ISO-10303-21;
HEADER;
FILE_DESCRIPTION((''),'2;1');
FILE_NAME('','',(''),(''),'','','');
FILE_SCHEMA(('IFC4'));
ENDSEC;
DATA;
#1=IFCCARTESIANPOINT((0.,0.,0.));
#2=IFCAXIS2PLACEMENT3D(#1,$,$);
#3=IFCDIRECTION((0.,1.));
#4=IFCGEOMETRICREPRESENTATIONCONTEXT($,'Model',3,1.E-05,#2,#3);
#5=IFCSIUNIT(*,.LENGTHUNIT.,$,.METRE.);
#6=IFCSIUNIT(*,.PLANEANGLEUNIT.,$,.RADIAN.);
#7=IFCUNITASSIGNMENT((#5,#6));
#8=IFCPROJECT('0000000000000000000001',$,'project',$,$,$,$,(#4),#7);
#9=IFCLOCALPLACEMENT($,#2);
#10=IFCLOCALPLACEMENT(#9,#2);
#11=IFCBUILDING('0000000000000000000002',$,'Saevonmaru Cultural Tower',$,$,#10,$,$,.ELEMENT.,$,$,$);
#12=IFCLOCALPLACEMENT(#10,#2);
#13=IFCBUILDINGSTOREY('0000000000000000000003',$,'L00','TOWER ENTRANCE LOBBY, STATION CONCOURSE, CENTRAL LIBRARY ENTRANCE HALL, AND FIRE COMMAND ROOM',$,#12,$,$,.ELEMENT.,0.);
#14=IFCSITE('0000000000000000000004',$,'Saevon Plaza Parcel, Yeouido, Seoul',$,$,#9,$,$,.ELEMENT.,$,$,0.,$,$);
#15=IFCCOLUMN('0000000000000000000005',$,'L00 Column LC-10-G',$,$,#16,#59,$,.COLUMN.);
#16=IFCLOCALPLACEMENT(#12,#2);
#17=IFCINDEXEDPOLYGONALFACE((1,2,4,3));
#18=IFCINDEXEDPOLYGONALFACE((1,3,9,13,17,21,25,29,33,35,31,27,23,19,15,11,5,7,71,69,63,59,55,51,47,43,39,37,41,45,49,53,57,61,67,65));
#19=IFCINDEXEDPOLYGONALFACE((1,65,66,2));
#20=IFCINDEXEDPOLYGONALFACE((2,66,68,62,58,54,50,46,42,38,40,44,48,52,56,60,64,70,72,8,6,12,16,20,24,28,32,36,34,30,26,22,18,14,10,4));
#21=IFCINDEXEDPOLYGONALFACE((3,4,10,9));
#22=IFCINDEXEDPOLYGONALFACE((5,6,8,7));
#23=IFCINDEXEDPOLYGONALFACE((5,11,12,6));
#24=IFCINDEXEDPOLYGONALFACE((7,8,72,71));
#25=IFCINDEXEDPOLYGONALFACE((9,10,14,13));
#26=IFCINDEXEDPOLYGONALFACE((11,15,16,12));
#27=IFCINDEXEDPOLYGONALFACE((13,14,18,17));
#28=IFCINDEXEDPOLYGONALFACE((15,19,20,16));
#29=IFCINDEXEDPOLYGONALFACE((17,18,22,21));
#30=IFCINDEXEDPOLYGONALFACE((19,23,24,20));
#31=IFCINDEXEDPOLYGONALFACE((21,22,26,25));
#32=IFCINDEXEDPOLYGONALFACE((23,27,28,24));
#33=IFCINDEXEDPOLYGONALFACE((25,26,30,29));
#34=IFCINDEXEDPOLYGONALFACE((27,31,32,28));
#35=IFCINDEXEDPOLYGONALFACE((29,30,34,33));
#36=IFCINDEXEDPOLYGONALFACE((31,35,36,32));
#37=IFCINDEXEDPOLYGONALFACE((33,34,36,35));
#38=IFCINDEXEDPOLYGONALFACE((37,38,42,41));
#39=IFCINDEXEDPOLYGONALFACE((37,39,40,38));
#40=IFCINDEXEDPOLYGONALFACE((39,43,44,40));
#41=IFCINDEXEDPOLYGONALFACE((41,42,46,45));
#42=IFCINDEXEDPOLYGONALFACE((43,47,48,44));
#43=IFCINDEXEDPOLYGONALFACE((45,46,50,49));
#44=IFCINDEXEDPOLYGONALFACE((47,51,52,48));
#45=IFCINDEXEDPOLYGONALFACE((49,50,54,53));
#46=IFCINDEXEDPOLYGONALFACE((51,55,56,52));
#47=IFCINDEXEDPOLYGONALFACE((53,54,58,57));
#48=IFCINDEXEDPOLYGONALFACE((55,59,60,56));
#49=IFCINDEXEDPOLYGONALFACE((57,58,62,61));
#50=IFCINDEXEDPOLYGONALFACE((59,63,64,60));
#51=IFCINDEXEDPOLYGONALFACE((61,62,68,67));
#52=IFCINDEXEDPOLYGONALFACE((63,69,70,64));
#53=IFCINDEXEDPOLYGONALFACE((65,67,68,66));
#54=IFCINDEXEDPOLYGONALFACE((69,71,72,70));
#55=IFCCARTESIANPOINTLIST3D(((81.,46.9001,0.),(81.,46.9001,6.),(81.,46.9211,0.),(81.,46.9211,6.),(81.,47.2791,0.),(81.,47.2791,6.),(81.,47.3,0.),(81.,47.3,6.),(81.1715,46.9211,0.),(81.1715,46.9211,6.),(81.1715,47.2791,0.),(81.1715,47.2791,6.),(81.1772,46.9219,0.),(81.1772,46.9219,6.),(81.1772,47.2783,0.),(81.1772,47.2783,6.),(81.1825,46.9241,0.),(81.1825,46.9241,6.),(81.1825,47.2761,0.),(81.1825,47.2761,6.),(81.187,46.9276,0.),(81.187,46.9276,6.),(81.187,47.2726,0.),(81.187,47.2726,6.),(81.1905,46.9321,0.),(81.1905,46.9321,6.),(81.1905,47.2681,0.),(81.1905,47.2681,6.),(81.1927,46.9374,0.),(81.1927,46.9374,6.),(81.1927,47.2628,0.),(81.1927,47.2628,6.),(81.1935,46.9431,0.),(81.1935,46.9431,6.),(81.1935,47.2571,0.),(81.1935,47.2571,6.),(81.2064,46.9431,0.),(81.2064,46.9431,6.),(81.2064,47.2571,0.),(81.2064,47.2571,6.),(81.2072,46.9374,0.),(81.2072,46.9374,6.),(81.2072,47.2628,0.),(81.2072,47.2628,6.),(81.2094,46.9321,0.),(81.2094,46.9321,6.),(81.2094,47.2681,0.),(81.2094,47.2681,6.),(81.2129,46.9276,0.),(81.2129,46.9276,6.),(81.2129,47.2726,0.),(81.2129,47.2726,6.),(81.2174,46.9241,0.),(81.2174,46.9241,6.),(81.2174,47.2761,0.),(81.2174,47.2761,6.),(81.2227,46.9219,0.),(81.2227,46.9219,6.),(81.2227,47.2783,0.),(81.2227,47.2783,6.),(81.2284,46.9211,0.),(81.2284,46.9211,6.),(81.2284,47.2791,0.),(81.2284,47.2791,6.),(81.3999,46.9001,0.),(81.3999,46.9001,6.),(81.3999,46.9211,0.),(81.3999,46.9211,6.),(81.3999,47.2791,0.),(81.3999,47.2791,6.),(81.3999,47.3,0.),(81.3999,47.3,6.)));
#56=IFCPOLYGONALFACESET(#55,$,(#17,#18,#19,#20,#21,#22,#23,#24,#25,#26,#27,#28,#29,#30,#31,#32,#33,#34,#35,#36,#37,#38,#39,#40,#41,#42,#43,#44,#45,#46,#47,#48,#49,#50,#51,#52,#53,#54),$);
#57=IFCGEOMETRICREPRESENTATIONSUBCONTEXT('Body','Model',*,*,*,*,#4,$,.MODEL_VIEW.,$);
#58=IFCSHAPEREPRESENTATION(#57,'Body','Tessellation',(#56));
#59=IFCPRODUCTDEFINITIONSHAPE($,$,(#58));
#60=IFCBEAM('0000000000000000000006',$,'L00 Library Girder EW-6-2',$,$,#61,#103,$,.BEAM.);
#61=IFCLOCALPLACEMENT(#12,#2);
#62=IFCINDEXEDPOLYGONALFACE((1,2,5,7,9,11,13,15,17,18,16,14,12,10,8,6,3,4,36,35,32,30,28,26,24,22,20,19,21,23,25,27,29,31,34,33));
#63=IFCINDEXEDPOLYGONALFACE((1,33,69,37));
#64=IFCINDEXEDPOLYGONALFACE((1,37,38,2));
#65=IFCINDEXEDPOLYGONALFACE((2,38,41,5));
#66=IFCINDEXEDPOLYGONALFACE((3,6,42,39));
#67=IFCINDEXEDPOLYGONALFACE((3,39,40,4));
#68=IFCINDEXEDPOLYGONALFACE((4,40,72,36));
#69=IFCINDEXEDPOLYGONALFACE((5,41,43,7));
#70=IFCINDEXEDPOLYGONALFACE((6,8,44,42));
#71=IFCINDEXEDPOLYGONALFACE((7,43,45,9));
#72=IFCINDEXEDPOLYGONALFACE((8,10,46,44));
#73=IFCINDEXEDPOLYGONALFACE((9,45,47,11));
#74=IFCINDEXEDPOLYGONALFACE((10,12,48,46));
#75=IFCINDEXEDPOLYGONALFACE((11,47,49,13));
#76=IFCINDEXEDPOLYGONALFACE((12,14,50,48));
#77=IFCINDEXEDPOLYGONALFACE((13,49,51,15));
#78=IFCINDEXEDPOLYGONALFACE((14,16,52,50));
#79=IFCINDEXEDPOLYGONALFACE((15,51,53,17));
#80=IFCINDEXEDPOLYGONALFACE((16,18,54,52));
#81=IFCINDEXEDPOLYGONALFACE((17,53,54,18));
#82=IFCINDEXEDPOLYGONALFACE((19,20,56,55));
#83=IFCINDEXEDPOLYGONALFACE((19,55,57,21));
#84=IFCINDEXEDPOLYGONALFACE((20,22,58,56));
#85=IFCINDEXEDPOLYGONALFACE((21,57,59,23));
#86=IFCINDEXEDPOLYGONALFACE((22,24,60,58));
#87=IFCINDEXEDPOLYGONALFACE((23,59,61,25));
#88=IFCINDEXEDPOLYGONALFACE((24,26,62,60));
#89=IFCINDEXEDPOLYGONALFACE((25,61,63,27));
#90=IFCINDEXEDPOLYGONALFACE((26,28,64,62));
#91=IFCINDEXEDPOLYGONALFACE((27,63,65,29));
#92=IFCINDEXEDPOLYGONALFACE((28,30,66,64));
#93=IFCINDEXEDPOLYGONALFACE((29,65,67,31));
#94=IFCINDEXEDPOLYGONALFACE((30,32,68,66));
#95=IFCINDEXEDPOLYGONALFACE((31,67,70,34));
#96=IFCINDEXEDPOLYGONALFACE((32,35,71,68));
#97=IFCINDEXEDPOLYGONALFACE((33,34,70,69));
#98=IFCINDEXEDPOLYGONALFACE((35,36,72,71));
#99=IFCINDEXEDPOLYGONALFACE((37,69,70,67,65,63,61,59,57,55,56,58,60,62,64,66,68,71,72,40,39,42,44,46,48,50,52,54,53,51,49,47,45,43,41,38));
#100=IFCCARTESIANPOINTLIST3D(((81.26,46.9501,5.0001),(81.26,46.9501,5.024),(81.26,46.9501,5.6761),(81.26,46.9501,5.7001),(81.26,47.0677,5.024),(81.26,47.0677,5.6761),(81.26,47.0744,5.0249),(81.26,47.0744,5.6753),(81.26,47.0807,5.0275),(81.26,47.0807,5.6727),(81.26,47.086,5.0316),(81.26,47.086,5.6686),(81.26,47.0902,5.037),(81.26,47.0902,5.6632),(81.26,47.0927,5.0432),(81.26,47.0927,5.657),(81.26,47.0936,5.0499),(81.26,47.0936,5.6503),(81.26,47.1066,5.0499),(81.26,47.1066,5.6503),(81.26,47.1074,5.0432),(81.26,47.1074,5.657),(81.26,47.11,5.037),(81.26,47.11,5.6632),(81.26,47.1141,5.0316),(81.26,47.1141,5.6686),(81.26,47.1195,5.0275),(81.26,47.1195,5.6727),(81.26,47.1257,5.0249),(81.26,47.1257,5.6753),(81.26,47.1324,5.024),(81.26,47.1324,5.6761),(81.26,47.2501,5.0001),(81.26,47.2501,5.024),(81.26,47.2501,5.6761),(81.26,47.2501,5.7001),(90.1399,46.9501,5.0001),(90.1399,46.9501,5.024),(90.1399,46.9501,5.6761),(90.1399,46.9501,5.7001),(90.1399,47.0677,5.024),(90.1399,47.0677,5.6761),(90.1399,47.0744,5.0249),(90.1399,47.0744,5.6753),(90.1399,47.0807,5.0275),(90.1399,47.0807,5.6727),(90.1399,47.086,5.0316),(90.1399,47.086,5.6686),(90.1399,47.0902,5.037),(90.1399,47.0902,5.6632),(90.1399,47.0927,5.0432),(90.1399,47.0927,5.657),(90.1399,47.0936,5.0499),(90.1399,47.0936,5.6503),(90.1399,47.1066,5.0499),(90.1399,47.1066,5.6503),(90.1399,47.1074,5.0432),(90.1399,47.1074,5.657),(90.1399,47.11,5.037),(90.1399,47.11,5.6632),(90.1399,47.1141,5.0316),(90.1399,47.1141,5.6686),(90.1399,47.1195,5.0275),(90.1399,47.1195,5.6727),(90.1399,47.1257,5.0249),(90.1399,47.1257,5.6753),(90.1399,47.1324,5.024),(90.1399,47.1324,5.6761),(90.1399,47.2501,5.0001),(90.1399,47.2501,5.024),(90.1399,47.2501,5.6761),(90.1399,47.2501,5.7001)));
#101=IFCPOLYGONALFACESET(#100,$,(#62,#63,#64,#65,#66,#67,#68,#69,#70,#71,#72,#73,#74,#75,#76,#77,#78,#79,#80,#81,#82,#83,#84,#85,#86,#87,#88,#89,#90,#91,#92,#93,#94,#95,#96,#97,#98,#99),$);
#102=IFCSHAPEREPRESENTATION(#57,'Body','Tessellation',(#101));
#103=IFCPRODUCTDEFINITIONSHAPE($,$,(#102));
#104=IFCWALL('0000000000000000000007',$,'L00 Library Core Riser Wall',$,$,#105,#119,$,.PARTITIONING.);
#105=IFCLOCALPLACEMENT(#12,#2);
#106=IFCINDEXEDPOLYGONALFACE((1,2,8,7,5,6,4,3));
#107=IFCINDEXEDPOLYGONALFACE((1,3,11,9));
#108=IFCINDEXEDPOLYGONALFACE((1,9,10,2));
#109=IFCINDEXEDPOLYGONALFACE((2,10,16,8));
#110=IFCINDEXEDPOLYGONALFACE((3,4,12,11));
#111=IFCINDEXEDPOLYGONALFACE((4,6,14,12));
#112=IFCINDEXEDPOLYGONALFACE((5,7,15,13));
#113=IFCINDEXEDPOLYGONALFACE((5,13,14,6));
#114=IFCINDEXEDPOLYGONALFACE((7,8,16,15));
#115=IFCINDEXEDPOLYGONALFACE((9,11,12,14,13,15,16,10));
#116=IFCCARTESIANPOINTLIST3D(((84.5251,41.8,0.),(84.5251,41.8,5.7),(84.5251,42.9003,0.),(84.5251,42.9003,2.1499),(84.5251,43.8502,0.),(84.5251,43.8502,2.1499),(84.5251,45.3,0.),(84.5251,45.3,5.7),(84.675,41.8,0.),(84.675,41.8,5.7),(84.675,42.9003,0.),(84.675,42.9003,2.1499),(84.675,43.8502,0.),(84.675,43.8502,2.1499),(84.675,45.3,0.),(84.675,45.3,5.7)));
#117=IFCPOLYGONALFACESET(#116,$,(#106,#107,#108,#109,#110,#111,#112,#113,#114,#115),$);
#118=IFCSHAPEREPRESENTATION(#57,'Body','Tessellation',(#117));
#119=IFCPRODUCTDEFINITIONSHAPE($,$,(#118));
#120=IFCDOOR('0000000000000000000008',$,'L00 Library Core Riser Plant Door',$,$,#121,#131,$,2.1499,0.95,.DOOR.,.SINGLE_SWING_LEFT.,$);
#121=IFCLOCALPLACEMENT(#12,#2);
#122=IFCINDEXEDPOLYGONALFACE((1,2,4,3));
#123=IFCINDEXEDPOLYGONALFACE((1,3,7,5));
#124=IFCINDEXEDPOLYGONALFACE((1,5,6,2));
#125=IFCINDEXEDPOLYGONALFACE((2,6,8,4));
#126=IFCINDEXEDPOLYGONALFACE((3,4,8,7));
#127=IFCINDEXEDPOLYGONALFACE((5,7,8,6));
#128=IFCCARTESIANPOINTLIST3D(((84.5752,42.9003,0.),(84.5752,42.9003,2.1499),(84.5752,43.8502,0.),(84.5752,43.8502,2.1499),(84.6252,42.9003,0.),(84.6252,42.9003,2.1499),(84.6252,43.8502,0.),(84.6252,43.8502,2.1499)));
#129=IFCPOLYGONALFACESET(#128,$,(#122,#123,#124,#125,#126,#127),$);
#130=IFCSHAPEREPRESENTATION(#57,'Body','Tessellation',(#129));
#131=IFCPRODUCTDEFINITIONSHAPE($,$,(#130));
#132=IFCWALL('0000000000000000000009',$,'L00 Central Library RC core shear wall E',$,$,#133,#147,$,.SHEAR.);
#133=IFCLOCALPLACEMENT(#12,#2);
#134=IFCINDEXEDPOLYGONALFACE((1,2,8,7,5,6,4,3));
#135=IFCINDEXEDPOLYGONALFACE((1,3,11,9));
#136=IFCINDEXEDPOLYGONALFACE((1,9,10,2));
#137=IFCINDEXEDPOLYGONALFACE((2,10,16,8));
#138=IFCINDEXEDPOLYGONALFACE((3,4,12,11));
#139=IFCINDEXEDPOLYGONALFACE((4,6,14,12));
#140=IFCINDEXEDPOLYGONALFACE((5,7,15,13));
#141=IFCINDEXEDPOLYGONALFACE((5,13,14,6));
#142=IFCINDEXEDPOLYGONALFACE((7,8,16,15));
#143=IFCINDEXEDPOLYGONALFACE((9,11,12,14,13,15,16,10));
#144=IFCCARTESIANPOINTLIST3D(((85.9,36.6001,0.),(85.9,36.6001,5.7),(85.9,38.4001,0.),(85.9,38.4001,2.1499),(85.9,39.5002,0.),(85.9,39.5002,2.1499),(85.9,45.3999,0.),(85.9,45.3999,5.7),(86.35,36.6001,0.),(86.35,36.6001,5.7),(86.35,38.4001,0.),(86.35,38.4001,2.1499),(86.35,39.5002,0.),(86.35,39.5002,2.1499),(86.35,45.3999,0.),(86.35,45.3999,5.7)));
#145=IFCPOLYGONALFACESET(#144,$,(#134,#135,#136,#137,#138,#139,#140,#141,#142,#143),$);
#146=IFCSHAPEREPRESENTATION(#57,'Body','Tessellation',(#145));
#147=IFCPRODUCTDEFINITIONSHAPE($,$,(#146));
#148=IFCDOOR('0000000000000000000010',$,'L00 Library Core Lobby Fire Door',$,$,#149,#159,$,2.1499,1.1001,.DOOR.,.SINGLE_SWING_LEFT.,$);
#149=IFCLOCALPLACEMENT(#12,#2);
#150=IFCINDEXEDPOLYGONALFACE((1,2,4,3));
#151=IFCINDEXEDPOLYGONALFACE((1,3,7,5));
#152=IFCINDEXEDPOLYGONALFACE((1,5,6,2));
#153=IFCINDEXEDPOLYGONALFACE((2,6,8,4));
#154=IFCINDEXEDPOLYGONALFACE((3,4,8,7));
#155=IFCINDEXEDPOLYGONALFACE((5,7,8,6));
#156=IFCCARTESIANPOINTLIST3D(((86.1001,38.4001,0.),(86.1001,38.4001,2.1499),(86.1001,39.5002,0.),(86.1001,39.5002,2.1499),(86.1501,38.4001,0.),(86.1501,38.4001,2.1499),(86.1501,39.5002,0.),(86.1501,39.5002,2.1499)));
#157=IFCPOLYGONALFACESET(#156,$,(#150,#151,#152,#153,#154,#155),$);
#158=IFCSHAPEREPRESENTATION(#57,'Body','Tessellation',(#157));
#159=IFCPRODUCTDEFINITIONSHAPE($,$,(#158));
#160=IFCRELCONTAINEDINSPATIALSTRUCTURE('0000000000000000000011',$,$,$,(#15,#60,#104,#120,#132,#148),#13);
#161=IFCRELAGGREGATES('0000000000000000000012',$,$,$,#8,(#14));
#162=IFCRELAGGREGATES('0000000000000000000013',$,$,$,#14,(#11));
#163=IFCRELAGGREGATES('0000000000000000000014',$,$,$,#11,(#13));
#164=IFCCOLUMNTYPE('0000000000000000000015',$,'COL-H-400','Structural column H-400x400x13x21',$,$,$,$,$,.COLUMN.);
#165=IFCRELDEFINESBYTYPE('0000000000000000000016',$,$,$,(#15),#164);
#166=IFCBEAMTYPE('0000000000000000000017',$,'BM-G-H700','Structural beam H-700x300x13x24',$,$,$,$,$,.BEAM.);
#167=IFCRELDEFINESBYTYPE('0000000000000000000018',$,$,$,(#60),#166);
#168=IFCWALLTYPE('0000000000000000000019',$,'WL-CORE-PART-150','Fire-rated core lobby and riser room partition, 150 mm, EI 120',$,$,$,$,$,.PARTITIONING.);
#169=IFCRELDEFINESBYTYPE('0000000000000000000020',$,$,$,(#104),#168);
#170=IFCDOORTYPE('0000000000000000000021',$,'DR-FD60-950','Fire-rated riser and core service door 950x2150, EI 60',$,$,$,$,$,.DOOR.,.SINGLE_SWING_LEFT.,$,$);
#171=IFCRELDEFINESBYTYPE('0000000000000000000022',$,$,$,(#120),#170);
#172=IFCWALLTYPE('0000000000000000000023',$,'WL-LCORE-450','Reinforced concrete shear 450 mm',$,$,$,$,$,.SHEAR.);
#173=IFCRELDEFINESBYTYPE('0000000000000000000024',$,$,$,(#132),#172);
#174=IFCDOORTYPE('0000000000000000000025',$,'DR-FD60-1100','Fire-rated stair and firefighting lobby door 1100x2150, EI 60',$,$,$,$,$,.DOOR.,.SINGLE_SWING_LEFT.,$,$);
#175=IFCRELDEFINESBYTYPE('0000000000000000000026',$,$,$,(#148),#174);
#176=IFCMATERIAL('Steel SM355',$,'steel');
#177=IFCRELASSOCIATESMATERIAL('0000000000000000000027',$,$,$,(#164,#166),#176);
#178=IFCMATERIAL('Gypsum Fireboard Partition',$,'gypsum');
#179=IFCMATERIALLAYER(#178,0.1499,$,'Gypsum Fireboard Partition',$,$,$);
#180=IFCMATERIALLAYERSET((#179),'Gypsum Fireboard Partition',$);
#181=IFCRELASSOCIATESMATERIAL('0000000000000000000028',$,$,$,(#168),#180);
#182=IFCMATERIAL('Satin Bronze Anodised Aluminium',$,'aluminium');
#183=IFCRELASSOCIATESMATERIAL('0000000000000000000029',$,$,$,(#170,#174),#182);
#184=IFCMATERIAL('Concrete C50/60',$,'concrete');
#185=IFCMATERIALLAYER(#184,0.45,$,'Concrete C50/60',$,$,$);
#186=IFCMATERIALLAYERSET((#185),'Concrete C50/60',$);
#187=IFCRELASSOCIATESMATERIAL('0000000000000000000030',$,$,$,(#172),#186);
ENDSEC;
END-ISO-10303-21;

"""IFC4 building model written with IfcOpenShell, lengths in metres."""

from ifc_helpers import new_model, si_unit, direction, frame, frame_2d, origin, origin_2d, place, context, subcontext, project, spatial, rectangle, i_section, extrude, material, layer, layer_set, material_profile, profile_set, type_object, element, fill, save


model = new_model("IFC4")

# Units and contexts
model_context = context("Model", 3, precision=1e-05, world=origin(), true_north=direction((0.0, 1.0)))
body_context = subcontext(model_context, "Body", "Model", "MODEL_VIEW")
ifc_project = project(units=[si_unit("LENGTHUNIT", "METRE"), si_unit("PLANEANGLEUNIT", "RADIAN")], contexts=[model_context])

# Site, building, storey
site_placement = place(None, origin())
site = spatial("IfcSite", under=ifc_project, at=site_placement, Name="Saevon Plaza Parcel, Yeouido, Seoul", CompositionType="ELEMENT", RefElevation=0.0)
building_placement = place(site_placement, origin())
building = spatial("IfcBuilding", under=site, at=building_placement, Name="Saevonmaru Cultural Tower", CompositionType="ELEMENT")
storey_placement = place(building_placement, origin())
storey = spatial("IfcBuildingStorey", under=building, at=storey_placement, Name="L00", Description="TOWER ENTRANCE LOBBY, STATION CONCOURSE, CENTRAL LIBRARY ENTRANCE HALL, AND FIRE COMMAND ROOM", CompositionType="ELEMENT", Elevation=0.0)

# Column
ifc_material_1 = material(Name="Steel SM355", Category="steel")
ifc_material_profile_1 = material_profile(ifc_material_1, i_section(OverallWidth=0.3999, OverallDepth=0.3999, WebThickness=0.0129, FlangeThickness=0.021, FilletRadius=0.022, at=origin_2d()), Name="H-400x400x13x21")
ifc_profile_set_1 = profile_set([ifc_material_profile_1], Name="Steel SM355")
column_type = type_object("IfcColumnType", Name="COL-H-400", Description="Structural column H-400x400x13x21", PredefinedType="COLUMN", material=ifc_profile_set_1)
column_placement = place(storey_placement, frame((81.2, 47.1001, 0.0), z_axis=(0.0, 0.0, 1.0), x_axis=(1.0, 0.0, 0.0)))
element("IfcColumn", 1, at=column_placement, inside=storey, type_object=column_type, Name="L00 Column LC-10-G", PredefinedType="COLUMN", context=body_context, shape_type="SweptSolid", body=[
    extrude(i_section(OverallWidth=0.3999, OverallDepth=0.3999, WebThickness=0.0129, FlangeThickness=0.021, FilletRadius=0.022, at=origin_2d()), origin(), (0.0, 0.0, 1.0), 6.0),
])

# Beam
ifc_material_profile_2 = material_profile(ifc_material_1, i_section(OverallWidth=0.3, OverallDepth=0.7, WebThickness=0.0129, FlangeThickness=0.0239, FilletRadius=0.0259, at=origin_2d()), Name="H-700x300x13x24")
ifc_profile_set_2 = profile_set([ifc_material_profile_2], Name="Steel SM355")
beam_type = type_object("IfcBeamType", Name="BM-G-H700", Description="Structural beam H-700x300x13x24", PredefinedType="BEAM", material=ifc_profile_set_2)
beam_placement = place(storey_placement, frame((81.26, 47.1001, 5.3501), z_axis=(1.0, 0.0, 0.0), x_axis=(0.0, 1.0, 0.0)))
element("IfcBeam", 2, at=beam_placement, inside=storey, type_object=beam_type, Name="L00 Library Girder EW-6-2", PredefinedType="BEAM", context=body_context, shape_type="SweptSolid", body=[
    extrude(i_section(OverallWidth=0.3, OverallDepth=0.7, WebThickness=0.0129, FlangeThickness=0.0239, FilletRadius=0.0259, at=origin_2d()), origin(), (0.0, 0.0, 1.0), 8.8799),
])

# Walls, openings, doors
ifc_material_2 = material(Name="Gypsum Fireboard Partition", Category="gypsum")
ifc_layer_1 = layer(ifc_material_2, 0.1499, Name="Gypsum Fireboard Partition")
ifc_layer_set_1 = layer_set([ifc_layer_1], Name="Gypsum Fireboard Partition")
wall_type_1 = type_object("IfcWallType", Name="WL-CORE-PART-150", Description="Fire-rated core lobby and riser room partition, 150 mm, EI 120", PredefinedType="PARTITIONING", material=ifc_layer_set_1)
wall_1_placement = place(storey_placement, frame((84.6001, 41.8, 0.0), z_axis=(0.0, 0.0, 1.0), x_axis=(0.0, 1.0, 0.0)))
wall_1 = element("IfcWall", 3, at=wall_1_placement, inside=storey, type_object=wall_type_1, Name="L00 Library Core Riser Wall", PredefinedType="PARTITIONING", context=body_context, shape_type="SweptSolid", body=[
    extrude(rectangle(XDim=3.5, YDim=0.1499, at=frame_2d((1.75, 0.0))), origin(), (0.0, 0.0, 1.0), 5.7),
])
opening_1_placement = place(wall_1_placement, frame((1.1001, 0.0, 0.0)))
opening_1 = element("IfcOpeningElement", 4, at=opening_1_placement, cuts=wall_1, PredefinedType="OPENING", context=body_context, shape_type="SweptSolid", body=[
    extrude(rectangle(XDim=0.95, YDim=2.1499, at=frame_2d((0.4751, 1.075))), frame((0.0, 0.085, 0.0), z_axis=(0.0, -1.0, 0.0), x_axis=(1.0, 0.0, 0.0)), (0.0, 0.0, 1.0), 0.1699),
])
ifc_material_3 = material(Name="Satin Bronze Anodised Aluminium", Category="aluminium")
door_type_1 = type_object("IfcDoorType", Name="DR-FD60-950", Description="Fire-rated riser and core service door 950x2150, EI 60", OperationType="SINGLE_SWING_LEFT", PredefinedType="DOOR", material=ifc_material_3)
door_1_placement = place(opening_1_placement, origin())
door_1 = element("IfcDoor", 5, at=door_1_placement, inside=storey, type_object=door_type_1, Name="L00 Library Core Riser Plant Door", OperationType="SINGLE_SWING_LEFT", OverallHeight=2.1499, OverallWidth=0.95, PredefinedType="DOOR", context=body_context, shape_type="SweptSolid", body=[
    extrude(rectangle(XDim=0.95, YDim=2.1499, at=frame_2d((0.4751, 1.075))), frame((0.0, 0.0249, 0.0), z_axis=(0.0, -1.0, 0.0), x_axis=(1.0, 0.0, 0.0)), (0.0, 0.0, 1.0), 0.05),
])
fill(opening_1, door_1)
ifc_material_4 = material(Name="Concrete C50/60", Category="concrete")
ifc_layer_2 = layer(ifc_material_4, 0.45, Name="Concrete C50/60")
ifc_layer_set_2 = layer_set([ifc_layer_2], Name="Concrete C50/60")
wall_type_2 = type_object("IfcWallType", Name="WL-LCORE-450", Description="Reinforced concrete shear 450 mm", PredefinedType="SHEAR", material=ifc_layer_set_2)
wall_2_placement = place(storey_placement, frame((86.125, 36.6001, 0.0), z_axis=(0.0, 0.0, 1.0), x_axis=(0.0, 1.0, 0.0)))
wall_2 = element("IfcWall", 6, at=wall_2_placement, inside=storey, type_object=wall_type_2, Name="L00 Central Library RC core shear wall E", PredefinedType="SHEAR", context=body_context, shape_type="SweptSolid", body=[
    extrude(rectangle(XDim=8.7998, YDim=0.45, at=frame_2d((4.3999, 0.0))), origin(), (0.0, 0.0, 1.0), 5.7),
])
opening_2_placement = place(wall_2_placement, frame((1.8, 0.0, 0.0)))
opening_2 = element("IfcOpeningElement", 7, at=opening_2_placement, cuts=wall_2, PredefinedType="OPENING", context=body_context, shape_type="SweptSolid", body=[
    extrude(rectangle(XDim=1.1001, YDim=2.1499, at=frame_2d((0.55, 1.075))), frame((0.0, 0.2349, 0.0), z_axis=(0.0, -1.0, 0.0), x_axis=(1.0, 0.0, 0.0)), (0.0, 0.0, 1.0), 0.47),
])
door_type_2 = type_object("IfcDoorType", Name="DR-FD60-1100", Description="Fire-rated stair and firefighting lobby door 1100x2150, EI 60", OperationType="SINGLE_SWING_LEFT", PredefinedType="DOOR", material=ifc_material_3)
door_2_placement = place(opening_2_placement, origin())
door_2 = element("IfcDoor", 8, at=door_2_placement, inside=storey, type_object=door_type_2, Name="L00 Library Core Lobby Fire Door", OperationType="SINGLE_SWING_LEFT", OverallHeight=2.1499, OverallWidth=1.1001, PredefinedType="DOOR", context=body_context, shape_type="SweptSolid", body=[
    extrude(rectangle(XDim=1.1001, YDim=2.1499, at=frame_2d((0.55, 1.075))), frame((0.0, 0.0249, 0.0), z_axis=(0.0, -1.0, 0.0), x_axis=(1.0, 0.0, 0.0)), (0.0, 0.0, 1.0), 0.05),
])
fill(opening_2, door_2)

save(model, "model.ifc")
